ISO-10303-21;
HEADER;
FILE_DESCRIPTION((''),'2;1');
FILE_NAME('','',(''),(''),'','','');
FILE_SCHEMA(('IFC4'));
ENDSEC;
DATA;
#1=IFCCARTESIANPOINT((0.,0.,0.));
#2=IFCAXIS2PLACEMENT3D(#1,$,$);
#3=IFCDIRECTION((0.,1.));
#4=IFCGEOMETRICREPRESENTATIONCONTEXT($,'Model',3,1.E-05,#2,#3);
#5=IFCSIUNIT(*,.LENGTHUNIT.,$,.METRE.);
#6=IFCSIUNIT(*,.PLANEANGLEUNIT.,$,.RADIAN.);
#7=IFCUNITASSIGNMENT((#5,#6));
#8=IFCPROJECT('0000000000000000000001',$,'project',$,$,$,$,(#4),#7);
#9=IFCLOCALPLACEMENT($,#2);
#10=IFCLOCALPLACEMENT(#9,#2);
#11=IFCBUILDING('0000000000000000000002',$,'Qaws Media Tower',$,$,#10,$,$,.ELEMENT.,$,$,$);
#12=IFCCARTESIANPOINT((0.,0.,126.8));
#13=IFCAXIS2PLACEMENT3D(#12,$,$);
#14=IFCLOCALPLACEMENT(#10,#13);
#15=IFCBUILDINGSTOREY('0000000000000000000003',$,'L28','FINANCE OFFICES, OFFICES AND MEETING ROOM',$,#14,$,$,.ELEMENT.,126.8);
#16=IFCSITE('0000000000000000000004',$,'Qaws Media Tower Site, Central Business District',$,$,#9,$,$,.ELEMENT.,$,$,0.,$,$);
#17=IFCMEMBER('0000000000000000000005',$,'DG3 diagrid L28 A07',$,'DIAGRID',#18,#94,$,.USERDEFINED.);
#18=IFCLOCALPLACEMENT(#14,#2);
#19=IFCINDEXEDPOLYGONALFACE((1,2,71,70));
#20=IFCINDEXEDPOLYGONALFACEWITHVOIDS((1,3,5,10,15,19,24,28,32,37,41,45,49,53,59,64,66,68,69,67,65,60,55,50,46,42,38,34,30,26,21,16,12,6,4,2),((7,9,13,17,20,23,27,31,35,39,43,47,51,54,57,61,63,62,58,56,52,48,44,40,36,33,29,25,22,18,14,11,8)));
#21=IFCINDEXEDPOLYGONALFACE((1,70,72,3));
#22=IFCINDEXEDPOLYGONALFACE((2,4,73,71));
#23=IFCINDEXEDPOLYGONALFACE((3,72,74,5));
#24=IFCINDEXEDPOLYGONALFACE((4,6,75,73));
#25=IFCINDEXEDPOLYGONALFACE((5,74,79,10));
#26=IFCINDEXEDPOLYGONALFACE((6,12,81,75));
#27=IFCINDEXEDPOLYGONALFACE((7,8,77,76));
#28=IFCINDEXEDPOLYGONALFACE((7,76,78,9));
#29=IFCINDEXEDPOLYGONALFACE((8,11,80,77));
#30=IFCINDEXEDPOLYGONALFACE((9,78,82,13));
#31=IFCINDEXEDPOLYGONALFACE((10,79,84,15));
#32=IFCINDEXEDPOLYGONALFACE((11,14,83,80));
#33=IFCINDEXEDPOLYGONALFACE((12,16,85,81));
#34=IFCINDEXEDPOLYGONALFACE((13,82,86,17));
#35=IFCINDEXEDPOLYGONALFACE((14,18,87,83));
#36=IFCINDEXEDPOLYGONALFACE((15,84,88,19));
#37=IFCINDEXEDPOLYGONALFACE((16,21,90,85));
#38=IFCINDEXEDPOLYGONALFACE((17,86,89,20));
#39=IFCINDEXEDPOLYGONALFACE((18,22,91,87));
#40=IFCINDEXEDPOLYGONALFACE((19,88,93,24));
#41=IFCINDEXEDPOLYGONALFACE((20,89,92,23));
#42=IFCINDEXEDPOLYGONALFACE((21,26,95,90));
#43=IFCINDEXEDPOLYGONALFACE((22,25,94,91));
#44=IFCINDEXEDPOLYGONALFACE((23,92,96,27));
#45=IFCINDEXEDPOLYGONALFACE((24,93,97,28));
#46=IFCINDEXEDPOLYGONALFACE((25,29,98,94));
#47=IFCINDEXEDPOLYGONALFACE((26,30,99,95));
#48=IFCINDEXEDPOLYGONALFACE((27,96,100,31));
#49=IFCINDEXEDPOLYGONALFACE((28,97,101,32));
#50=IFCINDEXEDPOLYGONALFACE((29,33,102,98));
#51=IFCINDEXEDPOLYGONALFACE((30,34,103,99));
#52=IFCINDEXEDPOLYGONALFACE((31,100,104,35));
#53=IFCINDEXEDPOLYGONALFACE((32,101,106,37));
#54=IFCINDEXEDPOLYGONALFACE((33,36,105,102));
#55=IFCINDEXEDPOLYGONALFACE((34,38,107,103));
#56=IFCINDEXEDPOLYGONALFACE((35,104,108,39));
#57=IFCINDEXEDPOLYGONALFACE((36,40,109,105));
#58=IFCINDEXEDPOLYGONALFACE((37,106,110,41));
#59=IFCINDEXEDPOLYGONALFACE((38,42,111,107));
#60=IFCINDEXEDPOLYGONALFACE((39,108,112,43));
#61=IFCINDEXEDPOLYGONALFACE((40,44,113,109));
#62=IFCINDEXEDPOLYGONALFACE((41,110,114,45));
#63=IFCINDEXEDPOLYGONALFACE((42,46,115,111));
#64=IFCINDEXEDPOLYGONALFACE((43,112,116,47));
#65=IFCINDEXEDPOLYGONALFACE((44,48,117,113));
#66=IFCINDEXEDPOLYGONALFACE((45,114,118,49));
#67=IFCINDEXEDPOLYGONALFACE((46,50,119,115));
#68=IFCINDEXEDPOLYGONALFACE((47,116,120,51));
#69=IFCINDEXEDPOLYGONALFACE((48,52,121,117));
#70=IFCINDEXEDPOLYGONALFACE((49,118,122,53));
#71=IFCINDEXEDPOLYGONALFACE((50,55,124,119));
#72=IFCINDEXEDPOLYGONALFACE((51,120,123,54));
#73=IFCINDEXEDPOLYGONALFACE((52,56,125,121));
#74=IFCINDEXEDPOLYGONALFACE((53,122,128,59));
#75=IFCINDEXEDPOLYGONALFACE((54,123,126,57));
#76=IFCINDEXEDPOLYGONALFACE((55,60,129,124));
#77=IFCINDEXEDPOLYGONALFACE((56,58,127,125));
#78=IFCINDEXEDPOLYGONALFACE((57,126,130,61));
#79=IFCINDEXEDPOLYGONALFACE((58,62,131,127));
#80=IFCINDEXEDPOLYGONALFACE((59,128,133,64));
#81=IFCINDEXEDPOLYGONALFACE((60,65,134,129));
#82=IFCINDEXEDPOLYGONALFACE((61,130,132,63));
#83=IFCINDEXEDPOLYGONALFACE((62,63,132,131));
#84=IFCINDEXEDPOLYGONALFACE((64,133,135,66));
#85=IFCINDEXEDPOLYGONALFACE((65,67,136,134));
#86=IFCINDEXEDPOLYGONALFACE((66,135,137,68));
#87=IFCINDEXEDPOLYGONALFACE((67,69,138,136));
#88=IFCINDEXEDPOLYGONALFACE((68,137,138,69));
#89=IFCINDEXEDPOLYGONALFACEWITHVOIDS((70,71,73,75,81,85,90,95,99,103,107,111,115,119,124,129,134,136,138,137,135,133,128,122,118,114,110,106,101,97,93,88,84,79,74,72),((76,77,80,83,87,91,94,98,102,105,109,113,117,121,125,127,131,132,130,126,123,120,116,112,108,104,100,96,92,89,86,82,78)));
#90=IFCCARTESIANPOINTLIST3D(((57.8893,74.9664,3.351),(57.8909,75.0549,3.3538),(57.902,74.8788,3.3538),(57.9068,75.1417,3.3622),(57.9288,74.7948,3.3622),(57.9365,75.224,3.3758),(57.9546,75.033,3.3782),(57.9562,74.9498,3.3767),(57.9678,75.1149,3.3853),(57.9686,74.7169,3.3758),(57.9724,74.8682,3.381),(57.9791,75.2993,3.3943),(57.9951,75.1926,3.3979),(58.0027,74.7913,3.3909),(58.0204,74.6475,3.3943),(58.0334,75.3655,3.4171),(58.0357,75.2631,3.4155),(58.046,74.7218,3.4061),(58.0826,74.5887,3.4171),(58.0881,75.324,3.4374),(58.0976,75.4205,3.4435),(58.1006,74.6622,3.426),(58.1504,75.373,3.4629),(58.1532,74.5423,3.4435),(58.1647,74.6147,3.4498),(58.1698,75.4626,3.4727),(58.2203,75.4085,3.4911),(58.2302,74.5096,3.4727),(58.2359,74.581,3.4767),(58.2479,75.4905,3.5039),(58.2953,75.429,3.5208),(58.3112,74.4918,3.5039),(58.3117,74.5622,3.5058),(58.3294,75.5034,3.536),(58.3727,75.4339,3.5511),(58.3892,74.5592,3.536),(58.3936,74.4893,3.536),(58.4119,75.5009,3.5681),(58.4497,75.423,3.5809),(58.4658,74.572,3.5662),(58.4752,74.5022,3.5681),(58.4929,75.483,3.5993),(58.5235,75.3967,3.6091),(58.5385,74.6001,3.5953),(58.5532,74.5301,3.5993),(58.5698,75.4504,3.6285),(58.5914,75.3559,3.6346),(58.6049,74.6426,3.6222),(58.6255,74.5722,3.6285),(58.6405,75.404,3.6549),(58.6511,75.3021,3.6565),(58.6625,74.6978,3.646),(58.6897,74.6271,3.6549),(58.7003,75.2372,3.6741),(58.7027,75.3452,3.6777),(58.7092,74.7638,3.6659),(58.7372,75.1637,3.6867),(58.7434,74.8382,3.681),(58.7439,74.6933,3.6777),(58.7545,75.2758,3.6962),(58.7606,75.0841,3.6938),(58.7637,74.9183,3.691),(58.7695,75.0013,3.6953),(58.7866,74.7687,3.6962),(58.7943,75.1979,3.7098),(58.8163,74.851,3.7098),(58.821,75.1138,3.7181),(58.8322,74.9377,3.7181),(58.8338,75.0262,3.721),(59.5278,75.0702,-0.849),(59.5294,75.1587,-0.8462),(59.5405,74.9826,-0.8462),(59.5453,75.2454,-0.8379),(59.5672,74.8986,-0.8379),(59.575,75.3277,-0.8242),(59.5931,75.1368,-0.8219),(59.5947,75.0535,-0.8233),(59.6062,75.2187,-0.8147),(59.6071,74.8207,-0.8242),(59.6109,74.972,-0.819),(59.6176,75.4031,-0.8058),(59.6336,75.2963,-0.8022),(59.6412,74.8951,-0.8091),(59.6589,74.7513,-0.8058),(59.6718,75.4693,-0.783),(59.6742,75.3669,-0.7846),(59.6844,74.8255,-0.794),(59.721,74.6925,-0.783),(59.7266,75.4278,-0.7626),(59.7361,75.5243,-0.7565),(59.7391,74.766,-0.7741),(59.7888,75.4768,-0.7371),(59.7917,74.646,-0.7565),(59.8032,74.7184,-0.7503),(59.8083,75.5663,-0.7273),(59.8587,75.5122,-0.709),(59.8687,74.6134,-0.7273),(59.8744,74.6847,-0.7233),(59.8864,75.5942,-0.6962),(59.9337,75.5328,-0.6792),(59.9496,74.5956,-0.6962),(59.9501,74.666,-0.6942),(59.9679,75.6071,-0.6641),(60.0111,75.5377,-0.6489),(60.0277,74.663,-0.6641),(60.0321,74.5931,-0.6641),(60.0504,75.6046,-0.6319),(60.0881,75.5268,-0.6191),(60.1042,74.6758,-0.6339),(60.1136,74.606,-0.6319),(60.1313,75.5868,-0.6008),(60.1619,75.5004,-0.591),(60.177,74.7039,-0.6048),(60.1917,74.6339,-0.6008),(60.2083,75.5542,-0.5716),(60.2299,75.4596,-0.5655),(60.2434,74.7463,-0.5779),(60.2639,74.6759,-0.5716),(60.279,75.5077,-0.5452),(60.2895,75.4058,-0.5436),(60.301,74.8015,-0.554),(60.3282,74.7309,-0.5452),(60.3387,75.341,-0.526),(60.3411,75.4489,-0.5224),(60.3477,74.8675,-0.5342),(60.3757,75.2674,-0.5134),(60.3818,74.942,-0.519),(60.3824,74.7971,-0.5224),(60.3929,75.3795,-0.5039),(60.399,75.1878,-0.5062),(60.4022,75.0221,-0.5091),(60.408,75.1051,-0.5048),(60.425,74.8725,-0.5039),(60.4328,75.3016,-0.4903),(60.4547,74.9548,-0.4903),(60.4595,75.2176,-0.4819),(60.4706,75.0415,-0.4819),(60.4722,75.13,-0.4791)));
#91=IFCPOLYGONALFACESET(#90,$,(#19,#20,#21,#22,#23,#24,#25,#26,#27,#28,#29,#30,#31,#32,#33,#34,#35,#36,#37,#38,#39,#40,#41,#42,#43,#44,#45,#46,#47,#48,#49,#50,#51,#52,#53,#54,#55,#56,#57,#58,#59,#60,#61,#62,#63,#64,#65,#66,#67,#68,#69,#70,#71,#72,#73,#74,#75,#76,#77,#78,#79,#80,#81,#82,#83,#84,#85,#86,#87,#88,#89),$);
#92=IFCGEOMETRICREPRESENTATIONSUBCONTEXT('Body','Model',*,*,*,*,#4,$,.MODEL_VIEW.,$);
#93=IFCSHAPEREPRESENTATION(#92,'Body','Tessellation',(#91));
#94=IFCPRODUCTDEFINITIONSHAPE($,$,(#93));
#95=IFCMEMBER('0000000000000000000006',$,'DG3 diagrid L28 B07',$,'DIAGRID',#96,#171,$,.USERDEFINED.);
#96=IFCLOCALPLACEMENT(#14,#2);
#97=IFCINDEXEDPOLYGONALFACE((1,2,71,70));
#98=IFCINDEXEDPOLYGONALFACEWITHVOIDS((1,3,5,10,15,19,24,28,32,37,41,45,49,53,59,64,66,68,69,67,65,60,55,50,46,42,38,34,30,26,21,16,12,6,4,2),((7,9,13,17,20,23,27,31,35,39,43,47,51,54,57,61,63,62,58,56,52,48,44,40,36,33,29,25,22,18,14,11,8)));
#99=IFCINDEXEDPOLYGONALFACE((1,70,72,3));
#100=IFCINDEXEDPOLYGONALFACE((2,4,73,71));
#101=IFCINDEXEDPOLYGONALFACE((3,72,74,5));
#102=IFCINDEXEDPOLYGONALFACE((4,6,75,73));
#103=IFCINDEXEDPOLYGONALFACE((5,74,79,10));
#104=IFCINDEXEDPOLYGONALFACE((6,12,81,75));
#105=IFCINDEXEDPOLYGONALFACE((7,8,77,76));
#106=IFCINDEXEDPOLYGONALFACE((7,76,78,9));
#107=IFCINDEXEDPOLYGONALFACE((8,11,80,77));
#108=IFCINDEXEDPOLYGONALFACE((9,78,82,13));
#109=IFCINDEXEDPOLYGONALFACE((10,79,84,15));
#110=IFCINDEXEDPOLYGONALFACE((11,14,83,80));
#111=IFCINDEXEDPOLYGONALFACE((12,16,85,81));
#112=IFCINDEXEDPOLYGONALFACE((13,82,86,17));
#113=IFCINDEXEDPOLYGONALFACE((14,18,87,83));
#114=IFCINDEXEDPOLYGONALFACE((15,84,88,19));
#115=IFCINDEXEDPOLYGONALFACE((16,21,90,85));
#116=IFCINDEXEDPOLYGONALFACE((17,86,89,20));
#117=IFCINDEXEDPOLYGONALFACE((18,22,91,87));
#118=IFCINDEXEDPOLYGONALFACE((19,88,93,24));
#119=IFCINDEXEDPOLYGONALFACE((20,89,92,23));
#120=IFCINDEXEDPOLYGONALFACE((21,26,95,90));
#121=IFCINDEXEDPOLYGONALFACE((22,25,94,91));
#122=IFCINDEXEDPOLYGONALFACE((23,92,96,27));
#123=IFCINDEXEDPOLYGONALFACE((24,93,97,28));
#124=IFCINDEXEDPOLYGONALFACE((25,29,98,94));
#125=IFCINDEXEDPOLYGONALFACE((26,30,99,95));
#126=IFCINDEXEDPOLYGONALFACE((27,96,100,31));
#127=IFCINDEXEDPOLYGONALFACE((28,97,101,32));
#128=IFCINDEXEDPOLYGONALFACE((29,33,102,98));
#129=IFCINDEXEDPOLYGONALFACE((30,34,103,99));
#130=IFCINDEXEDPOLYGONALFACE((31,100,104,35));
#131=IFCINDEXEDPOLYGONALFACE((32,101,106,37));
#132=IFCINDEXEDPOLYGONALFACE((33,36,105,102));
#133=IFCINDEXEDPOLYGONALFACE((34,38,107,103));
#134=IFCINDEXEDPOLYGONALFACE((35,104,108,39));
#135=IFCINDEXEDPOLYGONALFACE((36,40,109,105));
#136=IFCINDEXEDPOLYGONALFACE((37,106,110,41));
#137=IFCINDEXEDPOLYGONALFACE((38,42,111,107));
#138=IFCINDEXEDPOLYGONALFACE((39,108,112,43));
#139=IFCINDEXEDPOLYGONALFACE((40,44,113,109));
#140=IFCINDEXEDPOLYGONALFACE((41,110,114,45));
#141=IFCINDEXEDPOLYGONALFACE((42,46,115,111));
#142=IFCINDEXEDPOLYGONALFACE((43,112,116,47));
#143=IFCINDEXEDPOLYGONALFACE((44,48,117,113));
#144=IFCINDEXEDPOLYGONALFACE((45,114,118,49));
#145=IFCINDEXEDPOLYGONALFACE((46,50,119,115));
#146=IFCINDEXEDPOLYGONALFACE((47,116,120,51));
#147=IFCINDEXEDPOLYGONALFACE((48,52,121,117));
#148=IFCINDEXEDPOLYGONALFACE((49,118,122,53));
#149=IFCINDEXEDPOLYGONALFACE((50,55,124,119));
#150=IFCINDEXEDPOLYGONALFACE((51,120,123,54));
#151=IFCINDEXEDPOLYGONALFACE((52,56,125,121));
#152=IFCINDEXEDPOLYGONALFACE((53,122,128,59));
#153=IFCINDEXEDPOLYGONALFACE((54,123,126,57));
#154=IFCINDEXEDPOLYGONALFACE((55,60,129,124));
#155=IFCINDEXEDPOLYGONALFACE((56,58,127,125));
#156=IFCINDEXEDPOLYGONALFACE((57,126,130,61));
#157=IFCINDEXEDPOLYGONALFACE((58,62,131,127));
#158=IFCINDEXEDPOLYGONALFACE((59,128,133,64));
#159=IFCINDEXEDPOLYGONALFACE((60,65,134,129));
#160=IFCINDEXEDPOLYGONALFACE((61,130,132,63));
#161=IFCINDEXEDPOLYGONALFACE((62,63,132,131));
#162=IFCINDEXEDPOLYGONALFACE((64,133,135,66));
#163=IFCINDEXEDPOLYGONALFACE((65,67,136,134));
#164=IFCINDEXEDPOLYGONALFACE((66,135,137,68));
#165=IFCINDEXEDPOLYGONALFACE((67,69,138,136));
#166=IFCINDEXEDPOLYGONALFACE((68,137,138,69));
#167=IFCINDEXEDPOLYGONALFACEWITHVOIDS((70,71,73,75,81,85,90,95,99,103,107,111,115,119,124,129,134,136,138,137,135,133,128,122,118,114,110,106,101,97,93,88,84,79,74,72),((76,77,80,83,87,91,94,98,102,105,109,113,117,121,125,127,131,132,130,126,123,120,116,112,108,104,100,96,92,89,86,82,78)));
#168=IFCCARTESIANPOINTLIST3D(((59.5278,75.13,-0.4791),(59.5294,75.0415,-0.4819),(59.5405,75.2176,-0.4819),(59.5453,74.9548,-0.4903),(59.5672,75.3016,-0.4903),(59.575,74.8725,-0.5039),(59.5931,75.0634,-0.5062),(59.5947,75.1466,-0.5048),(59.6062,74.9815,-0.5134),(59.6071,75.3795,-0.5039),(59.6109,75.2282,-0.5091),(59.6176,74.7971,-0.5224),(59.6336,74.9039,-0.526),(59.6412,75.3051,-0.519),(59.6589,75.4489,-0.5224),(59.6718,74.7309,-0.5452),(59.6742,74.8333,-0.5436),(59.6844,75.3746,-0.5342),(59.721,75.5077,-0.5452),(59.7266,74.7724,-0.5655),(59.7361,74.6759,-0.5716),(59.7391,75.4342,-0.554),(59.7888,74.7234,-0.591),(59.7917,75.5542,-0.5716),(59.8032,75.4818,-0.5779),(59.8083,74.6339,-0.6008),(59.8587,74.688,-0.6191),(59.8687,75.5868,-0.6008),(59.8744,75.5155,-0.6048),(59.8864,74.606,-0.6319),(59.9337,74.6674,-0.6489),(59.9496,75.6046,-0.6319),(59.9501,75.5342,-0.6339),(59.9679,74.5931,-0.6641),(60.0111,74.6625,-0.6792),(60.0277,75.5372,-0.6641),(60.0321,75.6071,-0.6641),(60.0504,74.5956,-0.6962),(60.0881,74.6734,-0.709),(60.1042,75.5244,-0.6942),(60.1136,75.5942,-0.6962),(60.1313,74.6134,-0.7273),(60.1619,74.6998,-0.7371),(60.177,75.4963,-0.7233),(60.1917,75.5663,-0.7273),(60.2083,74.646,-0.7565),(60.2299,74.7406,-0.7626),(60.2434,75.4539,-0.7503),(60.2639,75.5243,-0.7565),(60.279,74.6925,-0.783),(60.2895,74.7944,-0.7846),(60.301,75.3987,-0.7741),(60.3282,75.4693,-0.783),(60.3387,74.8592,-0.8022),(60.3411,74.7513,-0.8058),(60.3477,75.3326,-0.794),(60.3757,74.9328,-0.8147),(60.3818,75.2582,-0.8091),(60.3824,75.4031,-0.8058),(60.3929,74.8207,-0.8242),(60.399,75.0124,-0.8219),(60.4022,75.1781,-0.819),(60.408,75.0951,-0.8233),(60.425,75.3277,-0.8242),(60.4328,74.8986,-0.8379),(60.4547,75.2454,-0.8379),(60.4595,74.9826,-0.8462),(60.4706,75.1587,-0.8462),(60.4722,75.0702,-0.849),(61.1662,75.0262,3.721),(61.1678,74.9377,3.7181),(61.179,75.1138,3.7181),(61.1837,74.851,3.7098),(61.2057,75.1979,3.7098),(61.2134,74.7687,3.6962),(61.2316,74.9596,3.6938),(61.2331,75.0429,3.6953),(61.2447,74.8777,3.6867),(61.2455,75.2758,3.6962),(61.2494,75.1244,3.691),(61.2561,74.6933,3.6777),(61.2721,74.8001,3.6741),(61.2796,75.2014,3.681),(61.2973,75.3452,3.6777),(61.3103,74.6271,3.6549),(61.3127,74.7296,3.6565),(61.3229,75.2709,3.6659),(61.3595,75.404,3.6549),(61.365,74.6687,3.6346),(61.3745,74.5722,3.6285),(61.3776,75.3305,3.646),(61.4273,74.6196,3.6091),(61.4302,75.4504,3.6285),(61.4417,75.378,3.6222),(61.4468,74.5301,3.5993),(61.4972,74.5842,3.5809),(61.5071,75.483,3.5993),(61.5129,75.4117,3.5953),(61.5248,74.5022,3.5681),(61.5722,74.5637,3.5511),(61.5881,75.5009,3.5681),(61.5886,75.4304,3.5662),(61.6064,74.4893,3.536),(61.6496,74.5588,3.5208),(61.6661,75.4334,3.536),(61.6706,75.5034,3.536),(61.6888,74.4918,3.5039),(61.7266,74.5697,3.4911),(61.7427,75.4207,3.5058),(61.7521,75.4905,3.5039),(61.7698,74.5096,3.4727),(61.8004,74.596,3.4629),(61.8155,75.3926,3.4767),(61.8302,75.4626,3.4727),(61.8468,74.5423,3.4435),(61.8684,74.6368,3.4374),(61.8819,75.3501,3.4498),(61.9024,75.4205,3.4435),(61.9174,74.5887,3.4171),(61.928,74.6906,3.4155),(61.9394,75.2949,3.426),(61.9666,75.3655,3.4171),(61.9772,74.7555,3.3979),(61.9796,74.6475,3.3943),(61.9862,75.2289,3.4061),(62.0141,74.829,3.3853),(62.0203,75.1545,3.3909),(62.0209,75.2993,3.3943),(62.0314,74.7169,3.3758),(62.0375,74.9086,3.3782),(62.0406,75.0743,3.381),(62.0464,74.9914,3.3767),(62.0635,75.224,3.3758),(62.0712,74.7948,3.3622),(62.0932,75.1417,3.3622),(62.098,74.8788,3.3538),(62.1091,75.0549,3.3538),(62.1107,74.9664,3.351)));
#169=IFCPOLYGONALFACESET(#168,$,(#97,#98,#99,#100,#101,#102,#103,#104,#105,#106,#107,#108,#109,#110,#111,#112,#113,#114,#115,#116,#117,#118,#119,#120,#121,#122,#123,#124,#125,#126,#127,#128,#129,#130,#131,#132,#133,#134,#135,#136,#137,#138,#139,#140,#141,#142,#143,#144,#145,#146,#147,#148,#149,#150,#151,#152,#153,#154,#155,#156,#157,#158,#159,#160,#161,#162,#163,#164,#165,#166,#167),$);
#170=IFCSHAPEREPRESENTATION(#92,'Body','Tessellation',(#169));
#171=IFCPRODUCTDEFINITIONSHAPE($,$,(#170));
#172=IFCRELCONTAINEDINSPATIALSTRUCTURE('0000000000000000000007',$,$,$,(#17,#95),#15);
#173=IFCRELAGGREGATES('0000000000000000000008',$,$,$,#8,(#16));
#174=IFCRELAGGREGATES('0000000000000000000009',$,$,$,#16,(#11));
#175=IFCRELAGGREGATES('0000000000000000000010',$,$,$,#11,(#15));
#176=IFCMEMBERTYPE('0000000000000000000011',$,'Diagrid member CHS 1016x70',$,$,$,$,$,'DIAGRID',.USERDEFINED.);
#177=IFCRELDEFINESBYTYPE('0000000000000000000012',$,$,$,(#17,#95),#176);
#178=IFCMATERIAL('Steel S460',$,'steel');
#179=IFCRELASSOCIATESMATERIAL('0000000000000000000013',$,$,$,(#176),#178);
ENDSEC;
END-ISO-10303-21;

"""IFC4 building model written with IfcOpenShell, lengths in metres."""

from ifc_helpers import new_model, si_unit, direction, frame, origin, origin_2d, place, context, subcontext, project, spatial, hollow_circle, extrude, material, material_profile, profile_set, type_object, element, save


model = new_model("IFC4")

# Units and contexts
model_context = context("Model", 3, precision=1e-05, world=origin(), true_north=direction((0.0, 1.0)))
body_context = subcontext(model_context, "Body", "Model", "MODEL_VIEW")
ifc_project = project(units=[si_unit("LENGTHUNIT", "METRE"), si_unit("PLANEANGLEUNIT", "RADIAN")], contexts=[model_context])

# Site, building, storey
site_placement = place(None, origin())
site = spatial("IfcSite", under=ifc_project, at=site_placement, Name="Qaws Media Tower Site, Central Business District", CompositionType="ELEMENT", RefElevation=0.0)
building_placement = place(site_placement, origin())
building = spatial("IfcBuilding", under=site, at=building_placement, Name="Qaws Media Tower", CompositionType="ELEMENT")
storey_placement = place(building_placement, frame((0.0, 0.0, 126.8)))
storey = spatial("IfcBuildingStorey", under=building, at=storey_placement, Name="L28", Description="FINANCE OFFICES, OFFICES AND MEETING ROOM", CompositionType="ELEMENT", Elevation=126.8)

# Members
ifc_material_1 = material(Name="Steel S460", Category="steel")
ifc_material_profile_1 = material_profile(ifc_material_1, hollow_circle(Radius=0.5081, WallThickness=0.0701, at=origin_2d()), Name="CHS 1016x70")
ifc_profile_set_1 = profile_set([ifc_material_profile_1], Name="Steel S460")
member_type_1 = type_object("IfcMemberType", Name="Diagrid member CHS 1016x70", ElementType="DIAGRID", PredefinedType="USERDEFINED", material=ifc_profile_set_1)
for number, where, z_axis, x_axis, name in (
    (1, (60.0, 75.1001, -0.6641), (-0.363335, -0.02301, 0.931374), (0.063202, -0.998001, 0.0), "DG3 diagrid L28 A07"),
    (2, (60.0, 75.1001, -0.6641), (0.363335, -0.02301, 0.931374), (0.063202, 0.998001, 0.0), "DG3 diagrid L28 B07"),
):
    element("IfcMember", number, at=place(storey_placement, frame(where, z_axis=z_axis, x_axis=x_axis)), inside=storey, type_object=member_type_1, Name=name, ObjectType="DIAGRID", PredefinedType="USERDEFINED", context=body_context, shape_type="SweptSolid", body=[
        extrude(hollow_circle(Radius=0.5081, WallThickness=0.0701, at=origin_2d()), origin(), (0.0, 0.0, 1.0), 4.5095),
    ])

save(model, "model.ifc")
